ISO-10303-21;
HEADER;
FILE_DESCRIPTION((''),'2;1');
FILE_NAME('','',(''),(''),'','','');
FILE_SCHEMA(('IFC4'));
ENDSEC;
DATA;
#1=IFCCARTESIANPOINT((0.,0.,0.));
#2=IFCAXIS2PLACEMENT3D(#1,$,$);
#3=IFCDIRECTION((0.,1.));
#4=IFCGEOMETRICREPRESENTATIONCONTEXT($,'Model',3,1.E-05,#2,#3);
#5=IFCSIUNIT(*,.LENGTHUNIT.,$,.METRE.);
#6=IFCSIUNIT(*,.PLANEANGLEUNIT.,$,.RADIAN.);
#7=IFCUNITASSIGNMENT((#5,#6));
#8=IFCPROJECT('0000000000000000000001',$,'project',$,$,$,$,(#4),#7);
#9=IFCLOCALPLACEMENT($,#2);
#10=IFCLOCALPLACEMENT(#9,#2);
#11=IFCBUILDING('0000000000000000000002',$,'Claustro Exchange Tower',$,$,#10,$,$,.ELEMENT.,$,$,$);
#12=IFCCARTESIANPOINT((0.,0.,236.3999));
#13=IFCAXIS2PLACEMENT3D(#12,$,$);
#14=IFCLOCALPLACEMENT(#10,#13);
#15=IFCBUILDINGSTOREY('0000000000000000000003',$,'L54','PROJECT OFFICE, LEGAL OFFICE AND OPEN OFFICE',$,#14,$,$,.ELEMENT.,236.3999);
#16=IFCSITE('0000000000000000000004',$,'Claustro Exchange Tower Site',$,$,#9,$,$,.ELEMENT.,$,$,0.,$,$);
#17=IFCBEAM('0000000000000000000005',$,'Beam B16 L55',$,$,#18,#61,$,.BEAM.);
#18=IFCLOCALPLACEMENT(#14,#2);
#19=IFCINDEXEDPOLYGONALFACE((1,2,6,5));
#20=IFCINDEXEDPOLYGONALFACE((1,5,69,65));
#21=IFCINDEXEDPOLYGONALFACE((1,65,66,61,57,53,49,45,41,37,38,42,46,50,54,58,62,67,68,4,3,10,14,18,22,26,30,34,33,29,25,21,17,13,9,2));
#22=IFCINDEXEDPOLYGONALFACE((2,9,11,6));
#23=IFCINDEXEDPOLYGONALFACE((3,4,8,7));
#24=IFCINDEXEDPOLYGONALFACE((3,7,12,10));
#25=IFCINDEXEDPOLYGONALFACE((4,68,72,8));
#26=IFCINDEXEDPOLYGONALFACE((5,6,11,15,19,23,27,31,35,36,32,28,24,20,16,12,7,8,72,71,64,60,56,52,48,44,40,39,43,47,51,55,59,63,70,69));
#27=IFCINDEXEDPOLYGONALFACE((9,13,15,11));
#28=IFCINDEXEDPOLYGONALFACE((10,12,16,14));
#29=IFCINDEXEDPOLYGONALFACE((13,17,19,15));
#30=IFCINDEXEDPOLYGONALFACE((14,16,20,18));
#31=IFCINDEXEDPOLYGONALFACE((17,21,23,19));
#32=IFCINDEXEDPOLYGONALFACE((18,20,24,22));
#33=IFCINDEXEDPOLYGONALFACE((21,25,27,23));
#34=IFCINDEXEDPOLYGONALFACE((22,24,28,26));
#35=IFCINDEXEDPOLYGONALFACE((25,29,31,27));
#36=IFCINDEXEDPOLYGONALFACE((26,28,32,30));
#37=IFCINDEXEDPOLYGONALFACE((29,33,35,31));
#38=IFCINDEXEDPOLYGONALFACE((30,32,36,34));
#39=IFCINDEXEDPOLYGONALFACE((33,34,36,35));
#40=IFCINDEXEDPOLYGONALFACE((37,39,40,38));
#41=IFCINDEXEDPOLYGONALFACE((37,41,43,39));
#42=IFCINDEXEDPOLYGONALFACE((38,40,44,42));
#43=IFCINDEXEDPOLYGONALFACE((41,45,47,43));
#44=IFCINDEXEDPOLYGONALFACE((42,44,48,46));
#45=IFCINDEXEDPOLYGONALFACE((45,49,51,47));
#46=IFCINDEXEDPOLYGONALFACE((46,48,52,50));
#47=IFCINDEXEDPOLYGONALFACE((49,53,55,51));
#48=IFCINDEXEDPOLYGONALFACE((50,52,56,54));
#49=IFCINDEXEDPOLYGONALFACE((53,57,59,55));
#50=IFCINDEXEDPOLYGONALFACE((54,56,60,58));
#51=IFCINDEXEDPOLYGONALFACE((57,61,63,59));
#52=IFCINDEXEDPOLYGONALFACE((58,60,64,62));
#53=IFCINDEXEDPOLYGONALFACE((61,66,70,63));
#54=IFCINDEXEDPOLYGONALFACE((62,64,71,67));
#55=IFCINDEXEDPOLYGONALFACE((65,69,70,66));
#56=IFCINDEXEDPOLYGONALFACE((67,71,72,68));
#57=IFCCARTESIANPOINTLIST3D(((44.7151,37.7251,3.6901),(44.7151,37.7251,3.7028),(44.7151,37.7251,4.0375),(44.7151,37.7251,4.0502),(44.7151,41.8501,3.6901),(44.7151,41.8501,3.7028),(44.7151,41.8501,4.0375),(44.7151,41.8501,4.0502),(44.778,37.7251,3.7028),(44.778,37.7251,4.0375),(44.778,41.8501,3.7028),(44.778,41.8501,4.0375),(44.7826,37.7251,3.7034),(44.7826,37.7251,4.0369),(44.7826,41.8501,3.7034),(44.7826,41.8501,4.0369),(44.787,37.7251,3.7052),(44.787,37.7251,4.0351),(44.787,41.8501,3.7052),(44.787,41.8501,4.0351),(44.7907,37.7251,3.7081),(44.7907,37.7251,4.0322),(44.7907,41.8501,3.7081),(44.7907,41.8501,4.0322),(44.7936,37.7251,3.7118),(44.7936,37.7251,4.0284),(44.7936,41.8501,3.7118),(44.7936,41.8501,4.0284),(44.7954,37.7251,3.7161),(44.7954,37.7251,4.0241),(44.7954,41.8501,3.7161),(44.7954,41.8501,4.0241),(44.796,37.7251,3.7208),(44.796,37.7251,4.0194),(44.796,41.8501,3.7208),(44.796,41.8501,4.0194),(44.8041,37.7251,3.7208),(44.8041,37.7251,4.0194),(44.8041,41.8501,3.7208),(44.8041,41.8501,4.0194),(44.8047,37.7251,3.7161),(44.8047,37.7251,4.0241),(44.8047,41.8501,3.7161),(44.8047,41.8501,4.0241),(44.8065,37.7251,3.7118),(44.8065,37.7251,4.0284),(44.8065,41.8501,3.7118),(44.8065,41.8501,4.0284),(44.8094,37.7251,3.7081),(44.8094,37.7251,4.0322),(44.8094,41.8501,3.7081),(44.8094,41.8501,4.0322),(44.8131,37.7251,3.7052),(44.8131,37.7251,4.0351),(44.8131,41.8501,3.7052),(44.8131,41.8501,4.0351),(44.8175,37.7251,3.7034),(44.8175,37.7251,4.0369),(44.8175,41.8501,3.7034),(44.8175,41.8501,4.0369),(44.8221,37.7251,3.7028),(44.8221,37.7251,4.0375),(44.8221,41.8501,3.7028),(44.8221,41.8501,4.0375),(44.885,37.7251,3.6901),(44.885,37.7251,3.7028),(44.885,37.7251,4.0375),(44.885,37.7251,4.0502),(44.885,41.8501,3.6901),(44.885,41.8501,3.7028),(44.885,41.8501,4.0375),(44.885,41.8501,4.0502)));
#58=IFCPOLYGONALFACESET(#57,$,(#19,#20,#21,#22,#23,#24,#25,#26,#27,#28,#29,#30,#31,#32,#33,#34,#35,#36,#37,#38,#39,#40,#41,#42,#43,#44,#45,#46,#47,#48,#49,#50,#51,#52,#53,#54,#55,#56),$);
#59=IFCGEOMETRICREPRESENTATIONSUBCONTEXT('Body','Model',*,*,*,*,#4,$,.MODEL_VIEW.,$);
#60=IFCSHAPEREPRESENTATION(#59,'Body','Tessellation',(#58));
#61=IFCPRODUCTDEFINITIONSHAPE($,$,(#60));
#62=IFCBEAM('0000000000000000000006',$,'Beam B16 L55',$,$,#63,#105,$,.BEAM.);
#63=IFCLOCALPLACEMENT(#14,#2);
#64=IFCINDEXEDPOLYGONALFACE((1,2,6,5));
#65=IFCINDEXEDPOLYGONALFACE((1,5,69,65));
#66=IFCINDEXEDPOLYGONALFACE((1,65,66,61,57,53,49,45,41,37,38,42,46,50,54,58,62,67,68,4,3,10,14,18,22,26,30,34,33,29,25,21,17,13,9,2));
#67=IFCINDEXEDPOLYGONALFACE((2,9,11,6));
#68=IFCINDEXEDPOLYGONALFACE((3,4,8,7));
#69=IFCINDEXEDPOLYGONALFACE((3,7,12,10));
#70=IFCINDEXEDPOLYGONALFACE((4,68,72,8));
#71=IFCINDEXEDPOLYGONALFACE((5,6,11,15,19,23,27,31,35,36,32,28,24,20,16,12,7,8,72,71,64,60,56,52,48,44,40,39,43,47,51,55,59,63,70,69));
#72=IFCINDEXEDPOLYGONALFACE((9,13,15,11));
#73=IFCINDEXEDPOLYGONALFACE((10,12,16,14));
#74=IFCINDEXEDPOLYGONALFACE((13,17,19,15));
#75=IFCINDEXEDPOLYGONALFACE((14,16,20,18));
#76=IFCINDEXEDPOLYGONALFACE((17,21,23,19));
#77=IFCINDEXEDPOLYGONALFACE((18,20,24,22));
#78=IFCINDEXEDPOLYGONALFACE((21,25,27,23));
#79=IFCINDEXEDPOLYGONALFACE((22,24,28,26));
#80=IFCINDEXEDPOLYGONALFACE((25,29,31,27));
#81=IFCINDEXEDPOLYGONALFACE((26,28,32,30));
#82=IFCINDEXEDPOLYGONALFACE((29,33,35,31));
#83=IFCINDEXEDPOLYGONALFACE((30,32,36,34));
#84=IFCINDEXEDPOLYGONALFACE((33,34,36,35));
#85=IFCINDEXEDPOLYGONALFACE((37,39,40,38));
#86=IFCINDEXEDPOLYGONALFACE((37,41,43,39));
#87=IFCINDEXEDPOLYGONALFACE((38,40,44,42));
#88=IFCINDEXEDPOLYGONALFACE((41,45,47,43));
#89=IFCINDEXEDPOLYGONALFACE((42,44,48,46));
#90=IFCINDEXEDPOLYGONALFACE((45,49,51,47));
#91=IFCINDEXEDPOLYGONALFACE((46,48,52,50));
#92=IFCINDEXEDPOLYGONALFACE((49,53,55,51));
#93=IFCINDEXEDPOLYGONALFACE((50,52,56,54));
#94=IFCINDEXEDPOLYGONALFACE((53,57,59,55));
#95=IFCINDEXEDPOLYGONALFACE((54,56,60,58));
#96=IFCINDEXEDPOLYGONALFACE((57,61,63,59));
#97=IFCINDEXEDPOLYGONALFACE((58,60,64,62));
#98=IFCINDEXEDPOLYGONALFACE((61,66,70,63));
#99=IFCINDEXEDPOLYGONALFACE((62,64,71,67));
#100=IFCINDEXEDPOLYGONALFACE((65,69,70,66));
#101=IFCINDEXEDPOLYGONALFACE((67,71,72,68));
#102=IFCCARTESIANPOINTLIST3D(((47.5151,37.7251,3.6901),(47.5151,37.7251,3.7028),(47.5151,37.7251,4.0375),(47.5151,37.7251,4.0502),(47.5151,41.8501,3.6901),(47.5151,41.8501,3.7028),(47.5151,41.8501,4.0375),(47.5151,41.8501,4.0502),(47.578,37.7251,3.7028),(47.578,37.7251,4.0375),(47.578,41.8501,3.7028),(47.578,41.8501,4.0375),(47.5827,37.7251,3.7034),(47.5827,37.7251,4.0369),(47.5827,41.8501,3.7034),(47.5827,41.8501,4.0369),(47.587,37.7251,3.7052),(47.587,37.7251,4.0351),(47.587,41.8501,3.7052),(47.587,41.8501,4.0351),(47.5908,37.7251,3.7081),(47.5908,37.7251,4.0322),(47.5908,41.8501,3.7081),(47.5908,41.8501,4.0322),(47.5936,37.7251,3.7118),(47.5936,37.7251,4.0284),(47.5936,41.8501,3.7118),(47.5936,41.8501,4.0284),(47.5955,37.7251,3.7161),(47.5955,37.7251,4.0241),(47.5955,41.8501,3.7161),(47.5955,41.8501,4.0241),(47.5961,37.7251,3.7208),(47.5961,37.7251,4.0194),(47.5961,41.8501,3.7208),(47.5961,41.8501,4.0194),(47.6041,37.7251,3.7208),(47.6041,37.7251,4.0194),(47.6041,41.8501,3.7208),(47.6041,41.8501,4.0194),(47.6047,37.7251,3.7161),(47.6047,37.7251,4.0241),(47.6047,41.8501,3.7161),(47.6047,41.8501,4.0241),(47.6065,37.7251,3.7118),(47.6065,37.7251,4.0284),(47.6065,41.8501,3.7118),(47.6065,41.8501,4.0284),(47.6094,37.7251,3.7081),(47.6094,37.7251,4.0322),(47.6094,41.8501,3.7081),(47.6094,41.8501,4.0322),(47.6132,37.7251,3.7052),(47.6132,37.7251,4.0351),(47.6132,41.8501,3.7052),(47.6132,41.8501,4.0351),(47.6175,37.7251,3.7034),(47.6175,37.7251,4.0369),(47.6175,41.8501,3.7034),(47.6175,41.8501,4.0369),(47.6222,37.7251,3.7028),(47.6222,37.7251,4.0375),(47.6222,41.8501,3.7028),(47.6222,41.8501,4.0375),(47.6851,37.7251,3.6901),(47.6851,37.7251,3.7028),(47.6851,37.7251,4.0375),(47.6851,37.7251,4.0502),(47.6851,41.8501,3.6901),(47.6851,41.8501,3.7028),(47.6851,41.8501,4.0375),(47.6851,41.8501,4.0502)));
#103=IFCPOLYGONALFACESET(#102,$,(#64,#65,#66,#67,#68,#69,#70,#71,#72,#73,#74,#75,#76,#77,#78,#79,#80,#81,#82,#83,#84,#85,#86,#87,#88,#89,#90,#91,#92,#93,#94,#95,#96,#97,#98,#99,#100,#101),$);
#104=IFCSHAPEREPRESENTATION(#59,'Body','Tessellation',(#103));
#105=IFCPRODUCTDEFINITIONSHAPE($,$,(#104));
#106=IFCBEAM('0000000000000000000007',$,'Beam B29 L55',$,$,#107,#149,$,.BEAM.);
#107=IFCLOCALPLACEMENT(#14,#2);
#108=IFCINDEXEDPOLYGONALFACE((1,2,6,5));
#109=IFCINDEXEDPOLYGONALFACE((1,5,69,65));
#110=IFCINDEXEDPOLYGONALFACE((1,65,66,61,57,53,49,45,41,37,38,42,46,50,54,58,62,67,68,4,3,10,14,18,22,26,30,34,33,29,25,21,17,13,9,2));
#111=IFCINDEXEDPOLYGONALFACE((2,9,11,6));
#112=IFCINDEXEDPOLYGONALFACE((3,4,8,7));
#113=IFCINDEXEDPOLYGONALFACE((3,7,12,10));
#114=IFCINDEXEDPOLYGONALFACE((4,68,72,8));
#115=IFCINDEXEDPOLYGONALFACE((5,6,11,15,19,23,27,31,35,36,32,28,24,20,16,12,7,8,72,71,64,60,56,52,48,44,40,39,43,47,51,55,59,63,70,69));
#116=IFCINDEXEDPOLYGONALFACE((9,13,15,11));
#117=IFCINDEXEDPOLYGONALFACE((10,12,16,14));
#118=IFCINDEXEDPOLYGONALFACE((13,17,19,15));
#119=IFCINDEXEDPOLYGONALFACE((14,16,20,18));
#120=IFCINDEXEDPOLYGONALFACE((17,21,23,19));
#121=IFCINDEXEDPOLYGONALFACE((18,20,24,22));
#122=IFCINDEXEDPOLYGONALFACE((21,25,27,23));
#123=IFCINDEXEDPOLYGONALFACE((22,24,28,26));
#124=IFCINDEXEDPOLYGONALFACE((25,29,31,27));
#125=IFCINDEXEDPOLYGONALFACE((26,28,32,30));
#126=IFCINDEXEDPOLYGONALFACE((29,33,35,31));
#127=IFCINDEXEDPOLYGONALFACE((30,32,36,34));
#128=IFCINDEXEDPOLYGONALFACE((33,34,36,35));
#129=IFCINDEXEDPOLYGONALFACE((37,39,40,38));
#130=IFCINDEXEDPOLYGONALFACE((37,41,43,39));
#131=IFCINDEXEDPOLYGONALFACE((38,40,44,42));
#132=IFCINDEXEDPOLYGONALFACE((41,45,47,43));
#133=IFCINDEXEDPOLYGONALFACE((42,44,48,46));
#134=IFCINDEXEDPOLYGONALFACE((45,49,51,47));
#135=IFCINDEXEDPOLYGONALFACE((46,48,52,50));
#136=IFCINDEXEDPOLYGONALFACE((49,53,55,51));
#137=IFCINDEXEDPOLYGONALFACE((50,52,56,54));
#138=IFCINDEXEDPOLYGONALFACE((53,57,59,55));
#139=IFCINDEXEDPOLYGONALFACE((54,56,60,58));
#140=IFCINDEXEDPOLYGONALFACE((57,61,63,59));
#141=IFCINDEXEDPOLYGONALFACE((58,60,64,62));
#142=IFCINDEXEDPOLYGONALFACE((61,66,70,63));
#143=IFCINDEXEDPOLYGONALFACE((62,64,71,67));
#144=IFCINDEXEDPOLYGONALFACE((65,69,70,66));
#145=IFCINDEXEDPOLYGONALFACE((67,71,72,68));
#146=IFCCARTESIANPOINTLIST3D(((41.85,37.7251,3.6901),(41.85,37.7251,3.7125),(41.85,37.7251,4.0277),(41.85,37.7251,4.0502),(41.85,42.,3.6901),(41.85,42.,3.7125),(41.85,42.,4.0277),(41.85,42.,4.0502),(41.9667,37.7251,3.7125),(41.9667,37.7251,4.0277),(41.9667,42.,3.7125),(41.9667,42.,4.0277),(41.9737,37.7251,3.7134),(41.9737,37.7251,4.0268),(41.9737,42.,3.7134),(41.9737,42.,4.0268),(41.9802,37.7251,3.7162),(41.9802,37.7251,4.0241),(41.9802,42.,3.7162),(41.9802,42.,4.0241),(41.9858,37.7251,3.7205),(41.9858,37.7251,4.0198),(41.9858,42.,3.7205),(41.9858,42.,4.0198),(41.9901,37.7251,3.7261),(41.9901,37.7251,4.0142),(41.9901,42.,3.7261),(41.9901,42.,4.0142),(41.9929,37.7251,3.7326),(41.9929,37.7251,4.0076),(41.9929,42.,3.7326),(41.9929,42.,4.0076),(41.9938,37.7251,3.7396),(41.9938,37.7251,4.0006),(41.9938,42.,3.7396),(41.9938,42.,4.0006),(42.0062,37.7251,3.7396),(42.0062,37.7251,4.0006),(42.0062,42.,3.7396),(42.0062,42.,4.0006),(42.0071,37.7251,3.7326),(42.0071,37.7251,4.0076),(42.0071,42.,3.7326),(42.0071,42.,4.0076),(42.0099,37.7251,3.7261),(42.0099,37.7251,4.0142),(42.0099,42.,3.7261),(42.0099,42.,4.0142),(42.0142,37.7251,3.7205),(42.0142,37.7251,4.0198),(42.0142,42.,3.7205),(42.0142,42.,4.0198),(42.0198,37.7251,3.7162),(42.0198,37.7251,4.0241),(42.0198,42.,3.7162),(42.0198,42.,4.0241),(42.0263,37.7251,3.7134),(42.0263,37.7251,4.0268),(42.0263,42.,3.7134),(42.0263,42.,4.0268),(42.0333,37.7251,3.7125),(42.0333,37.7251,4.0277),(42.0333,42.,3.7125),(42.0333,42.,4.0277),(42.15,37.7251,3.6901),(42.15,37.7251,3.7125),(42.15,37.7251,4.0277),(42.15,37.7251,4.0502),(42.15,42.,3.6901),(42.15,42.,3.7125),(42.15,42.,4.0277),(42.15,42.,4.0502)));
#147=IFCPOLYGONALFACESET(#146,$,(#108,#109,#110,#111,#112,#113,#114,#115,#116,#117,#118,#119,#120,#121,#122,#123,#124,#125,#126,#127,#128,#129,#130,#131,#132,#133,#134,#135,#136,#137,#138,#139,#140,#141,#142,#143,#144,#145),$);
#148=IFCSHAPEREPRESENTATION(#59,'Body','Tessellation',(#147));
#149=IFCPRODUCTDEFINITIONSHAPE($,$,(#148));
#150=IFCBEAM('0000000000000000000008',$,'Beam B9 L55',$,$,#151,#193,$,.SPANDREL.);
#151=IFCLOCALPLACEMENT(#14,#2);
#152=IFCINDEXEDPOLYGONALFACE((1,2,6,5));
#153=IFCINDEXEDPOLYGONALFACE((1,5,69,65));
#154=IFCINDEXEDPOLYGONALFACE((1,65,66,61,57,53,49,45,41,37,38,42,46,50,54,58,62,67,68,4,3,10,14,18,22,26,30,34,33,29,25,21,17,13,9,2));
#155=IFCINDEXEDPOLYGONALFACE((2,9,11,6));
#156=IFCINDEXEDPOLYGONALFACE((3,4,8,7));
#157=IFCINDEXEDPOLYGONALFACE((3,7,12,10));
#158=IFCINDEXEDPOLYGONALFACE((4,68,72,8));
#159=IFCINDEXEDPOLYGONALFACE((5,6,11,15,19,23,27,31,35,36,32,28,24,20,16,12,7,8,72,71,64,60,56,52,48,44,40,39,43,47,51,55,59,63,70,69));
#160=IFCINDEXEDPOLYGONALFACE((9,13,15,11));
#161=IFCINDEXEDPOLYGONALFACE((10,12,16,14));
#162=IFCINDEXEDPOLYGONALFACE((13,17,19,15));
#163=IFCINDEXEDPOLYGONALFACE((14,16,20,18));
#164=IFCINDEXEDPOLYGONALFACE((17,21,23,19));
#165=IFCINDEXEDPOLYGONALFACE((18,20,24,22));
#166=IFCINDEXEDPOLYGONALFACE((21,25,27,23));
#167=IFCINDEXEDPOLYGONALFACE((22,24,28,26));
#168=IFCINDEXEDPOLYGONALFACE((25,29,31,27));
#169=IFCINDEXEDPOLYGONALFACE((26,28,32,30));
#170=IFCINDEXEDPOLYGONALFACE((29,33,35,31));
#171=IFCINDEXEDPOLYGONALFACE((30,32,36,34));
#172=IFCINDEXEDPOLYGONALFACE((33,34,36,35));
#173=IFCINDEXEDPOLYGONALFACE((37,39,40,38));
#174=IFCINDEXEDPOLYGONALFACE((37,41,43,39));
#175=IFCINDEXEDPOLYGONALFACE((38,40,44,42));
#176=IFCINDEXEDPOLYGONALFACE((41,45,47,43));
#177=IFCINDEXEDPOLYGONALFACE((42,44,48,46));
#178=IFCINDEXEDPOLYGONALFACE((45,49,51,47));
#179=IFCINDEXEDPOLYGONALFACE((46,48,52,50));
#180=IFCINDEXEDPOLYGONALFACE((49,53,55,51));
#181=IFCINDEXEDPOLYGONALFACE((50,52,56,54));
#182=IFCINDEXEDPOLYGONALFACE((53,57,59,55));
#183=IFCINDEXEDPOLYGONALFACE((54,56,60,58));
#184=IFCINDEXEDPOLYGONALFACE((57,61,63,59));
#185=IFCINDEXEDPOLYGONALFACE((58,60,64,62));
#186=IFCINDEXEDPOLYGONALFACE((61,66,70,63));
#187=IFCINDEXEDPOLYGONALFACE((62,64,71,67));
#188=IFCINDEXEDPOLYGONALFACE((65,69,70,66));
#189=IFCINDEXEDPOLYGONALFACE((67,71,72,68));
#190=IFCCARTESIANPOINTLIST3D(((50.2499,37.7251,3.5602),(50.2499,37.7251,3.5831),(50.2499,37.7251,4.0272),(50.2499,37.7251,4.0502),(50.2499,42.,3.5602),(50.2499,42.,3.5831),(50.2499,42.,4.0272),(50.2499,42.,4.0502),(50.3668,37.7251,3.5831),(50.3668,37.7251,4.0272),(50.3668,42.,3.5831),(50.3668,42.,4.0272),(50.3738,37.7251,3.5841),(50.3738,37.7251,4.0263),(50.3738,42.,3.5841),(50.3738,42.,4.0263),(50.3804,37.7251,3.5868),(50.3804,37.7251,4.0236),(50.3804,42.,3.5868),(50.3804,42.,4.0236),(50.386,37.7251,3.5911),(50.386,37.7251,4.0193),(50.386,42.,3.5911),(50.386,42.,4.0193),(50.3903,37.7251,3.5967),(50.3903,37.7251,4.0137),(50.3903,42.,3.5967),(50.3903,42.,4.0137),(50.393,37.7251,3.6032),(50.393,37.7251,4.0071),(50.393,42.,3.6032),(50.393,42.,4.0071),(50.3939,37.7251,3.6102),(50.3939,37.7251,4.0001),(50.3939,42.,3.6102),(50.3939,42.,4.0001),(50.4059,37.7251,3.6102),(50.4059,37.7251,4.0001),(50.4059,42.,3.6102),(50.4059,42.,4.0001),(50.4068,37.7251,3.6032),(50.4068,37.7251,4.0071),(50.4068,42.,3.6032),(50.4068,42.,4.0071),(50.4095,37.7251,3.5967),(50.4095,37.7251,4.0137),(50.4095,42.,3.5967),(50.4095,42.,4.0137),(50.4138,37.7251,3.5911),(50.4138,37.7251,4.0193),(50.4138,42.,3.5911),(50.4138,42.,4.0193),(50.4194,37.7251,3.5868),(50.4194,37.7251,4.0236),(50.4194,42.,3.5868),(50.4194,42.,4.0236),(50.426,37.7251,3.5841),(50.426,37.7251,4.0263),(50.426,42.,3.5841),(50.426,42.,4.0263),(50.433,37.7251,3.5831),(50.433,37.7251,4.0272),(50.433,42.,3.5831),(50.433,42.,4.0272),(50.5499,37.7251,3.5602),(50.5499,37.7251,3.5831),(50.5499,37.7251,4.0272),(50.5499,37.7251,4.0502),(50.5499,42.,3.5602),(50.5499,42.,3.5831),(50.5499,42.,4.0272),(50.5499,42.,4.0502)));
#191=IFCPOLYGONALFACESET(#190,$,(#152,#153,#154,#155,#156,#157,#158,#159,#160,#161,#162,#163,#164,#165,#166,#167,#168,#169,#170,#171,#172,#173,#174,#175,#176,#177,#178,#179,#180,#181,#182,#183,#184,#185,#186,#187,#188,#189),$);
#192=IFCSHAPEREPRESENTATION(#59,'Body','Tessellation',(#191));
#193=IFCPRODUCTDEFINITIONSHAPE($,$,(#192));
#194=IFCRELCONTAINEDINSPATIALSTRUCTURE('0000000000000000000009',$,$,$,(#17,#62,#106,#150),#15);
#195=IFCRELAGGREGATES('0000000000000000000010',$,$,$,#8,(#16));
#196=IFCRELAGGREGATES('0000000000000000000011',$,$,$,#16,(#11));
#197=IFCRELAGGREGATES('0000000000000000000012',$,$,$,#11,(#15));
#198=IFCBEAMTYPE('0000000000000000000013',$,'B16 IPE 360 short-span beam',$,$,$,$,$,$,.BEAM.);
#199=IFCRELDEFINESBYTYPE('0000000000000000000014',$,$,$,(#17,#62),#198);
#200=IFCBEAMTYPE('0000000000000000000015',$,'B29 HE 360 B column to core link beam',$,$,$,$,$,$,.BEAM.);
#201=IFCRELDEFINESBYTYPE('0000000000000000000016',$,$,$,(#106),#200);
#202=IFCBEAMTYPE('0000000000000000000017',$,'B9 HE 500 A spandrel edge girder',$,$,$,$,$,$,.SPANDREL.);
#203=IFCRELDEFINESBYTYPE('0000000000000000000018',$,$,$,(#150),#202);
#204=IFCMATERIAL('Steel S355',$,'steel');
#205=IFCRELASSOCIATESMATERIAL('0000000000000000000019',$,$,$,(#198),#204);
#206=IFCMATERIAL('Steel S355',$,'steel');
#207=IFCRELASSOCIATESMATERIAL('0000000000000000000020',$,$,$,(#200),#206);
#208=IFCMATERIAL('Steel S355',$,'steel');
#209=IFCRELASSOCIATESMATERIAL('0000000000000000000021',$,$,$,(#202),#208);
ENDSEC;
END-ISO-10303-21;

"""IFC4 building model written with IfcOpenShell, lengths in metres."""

from ifc_helpers import new_model, si_unit, direction, frame, origin, origin_2d, place, context, subcontext, project, spatial, i_section, extrude, material, material_profile, profile_set, type_object, element, save


model = new_model("IFC4")

# Units and contexts
model_context = context("Model", 3, precision=1e-05, world=origin(), true_north=direction((0.0, 1.0)))
body_context = subcontext(model_context, "Body", "Model", "MODEL_VIEW")
ifc_project = project(units=[si_unit("LENGTHUNIT", "METRE"), si_unit("PLANEANGLEUNIT", "RADIAN")], contexts=[model_context])

# Site, building, storey
site_placement = place(None, origin())
site = spatial("IfcSite", under=ifc_project, at=site_placement, Name="Claustro Exchange Tower Site", CompositionType="ELEMENT", RefElevation=0.0)
building_placement = place(site_placement, origin())
building = spatial("IfcBuilding", under=site, at=building_placement, Name="Claustro Exchange Tower", CompositionType="ELEMENT")
storey_placement = place(building_placement, frame((0.0, 0.0, 236.3999)))
storey = spatial("IfcBuildingStorey", under=building, at=storey_placement, Name="L54", Description="PROJECT OFFICE, LEGAL OFFICE AND OPEN OFFICE", CompositionType="ELEMENT", Elevation=236.3999)

# Beams
ifc_material_1 = material(Name="Steel S355", Category="steel")
ifc_material_profile_1 = material_profile(ifc_material_1, i_section(OverallWidth=0.1699, OverallDepth=0.3601, WebThickness=0.0081, FlangeThickness=0.0127, FilletRadius=0.0181, at=origin_2d()), Name="IPE 360")
ifc_profile_set_1 = profile_set([ifc_material_profile_1], Name="Steel S355")
beam_type_1 = type_object("IfcBeamType", Name="B16 IPE 360 short-span beam", PredefinedType="BEAM", material=ifc_profile_set_1)
for number, where, z_axis, x_axis, name in (
    (1, (44.8, 37.7251, 3.8701), (0.0, 1.0, 0.0), (-1.0, 0.0, 0.0), "Beam B16 L55"),
    (2, (47.6001, 37.7251, 3.8701), (0.0, 1.0, 0.0), (-1.0, 0.0, 0.0), "Beam B16 L55"),
):
    element("IfcBeam", number, at=place(storey_placement, frame(where, z_axis=z_axis, x_axis=x_axis)), inside=storey, type_object=beam_type_1, Name=name, PredefinedType="BEAM", context=body_context, shape_type="SweptSolid", body=[
        extrude(i_section(OverallWidth=0.1699, OverallDepth=0.3601, WebThickness=0.0081, FlangeThickness=0.0127, FilletRadius=0.0181, at=origin_2d()), origin(), (0.0, 0.0, 1.0), 4.125),
    ])
ifc_material_2 = material(Name="Steel S355", Category="steel")
ifc_material_profile_2 = material_profile(ifc_material_2, i_section(OverallWidth=0.3, OverallDepth=0.3601, WebThickness=0.0125, FlangeThickness=0.0225, FilletRadius=0.0271, at=origin_2d()), Name="HE 360 B")
ifc_profile_set_2 = profile_set([ifc_material_profile_2], Name="Steel S355")
beam_type_2 = type_object("IfcBeamType", Name="B29 HE 360 B column to core link beam", PredefinedType="BEAM", material=ifc_profile_set_2)
beam_1_placement = place(storey_placement, frame((42.0, 37.7251, 3.8701), z_axis=(0.0, 1.0, 0.0), x_axis=(-1.0, 0.0, 0.0)))
element("IfcBeam", 3, at=beam_1_placement, inside=storey, type_object=beam_type_2, Name="Beam B29 L55", PredefinedType="BEAM", context=body_context, shape_type="SweptSolid", body=[
    extrude(i_section(OverallWidth=0.3, OverallDepth=0.3601, WebThickness=0.0125, FlangeThickness=0.0225, FilletRadius=0.0271, at=origin_2d()), origin(), (0.0, 0.0, 1.0), 4.2749),
])
ifc_material_3 = material(Name="Steel S355", Category="steel")
ifc_material_profile_3 = material_profile(ifc_material_3, i_section(OverallWidth=0.3, OverallDepth=0.49, WebThickness=0.012, FlangeThickness=0.0229, FilletRadius=0.0271, at=origin_2d()), Name="HE 500 A")
ifc_profile_set_3 = profile_set([ifc_material_profile_3], Name="Steel S355")
beam_type_3 = type_object("IfcBeamType", Name="B9 HE 500 A spandrel edge girder", PredefinedType="SPANDREL", material=ifc_profile_set_3)
beam_2_placement = place(storey_placement, frame((50.3999, 37.7251, 3.8052), z_axis=(0.0, 1.0, 0.0), x_axis=(-1.0, 0.0, 0.0)))
element("IfcBeam", 4, at=beam_2_placement, inside=storey, type_object=beam_type_3, Name="Beam B9 L55", PredefinedType="SPANDREL", context=body_context, shape_type="SweptSolid", body=[
    extrude(i_section(OverallWidth=0.3, OverallDepth=0.49, WebThickness=0.012, FlangeThickness=0.0229, FilletRadius=0.0271, at=origin_2d()), origin(), (0.0, 0.0, 1.0), 4.2749),
])

save(model, "model.ifc")
